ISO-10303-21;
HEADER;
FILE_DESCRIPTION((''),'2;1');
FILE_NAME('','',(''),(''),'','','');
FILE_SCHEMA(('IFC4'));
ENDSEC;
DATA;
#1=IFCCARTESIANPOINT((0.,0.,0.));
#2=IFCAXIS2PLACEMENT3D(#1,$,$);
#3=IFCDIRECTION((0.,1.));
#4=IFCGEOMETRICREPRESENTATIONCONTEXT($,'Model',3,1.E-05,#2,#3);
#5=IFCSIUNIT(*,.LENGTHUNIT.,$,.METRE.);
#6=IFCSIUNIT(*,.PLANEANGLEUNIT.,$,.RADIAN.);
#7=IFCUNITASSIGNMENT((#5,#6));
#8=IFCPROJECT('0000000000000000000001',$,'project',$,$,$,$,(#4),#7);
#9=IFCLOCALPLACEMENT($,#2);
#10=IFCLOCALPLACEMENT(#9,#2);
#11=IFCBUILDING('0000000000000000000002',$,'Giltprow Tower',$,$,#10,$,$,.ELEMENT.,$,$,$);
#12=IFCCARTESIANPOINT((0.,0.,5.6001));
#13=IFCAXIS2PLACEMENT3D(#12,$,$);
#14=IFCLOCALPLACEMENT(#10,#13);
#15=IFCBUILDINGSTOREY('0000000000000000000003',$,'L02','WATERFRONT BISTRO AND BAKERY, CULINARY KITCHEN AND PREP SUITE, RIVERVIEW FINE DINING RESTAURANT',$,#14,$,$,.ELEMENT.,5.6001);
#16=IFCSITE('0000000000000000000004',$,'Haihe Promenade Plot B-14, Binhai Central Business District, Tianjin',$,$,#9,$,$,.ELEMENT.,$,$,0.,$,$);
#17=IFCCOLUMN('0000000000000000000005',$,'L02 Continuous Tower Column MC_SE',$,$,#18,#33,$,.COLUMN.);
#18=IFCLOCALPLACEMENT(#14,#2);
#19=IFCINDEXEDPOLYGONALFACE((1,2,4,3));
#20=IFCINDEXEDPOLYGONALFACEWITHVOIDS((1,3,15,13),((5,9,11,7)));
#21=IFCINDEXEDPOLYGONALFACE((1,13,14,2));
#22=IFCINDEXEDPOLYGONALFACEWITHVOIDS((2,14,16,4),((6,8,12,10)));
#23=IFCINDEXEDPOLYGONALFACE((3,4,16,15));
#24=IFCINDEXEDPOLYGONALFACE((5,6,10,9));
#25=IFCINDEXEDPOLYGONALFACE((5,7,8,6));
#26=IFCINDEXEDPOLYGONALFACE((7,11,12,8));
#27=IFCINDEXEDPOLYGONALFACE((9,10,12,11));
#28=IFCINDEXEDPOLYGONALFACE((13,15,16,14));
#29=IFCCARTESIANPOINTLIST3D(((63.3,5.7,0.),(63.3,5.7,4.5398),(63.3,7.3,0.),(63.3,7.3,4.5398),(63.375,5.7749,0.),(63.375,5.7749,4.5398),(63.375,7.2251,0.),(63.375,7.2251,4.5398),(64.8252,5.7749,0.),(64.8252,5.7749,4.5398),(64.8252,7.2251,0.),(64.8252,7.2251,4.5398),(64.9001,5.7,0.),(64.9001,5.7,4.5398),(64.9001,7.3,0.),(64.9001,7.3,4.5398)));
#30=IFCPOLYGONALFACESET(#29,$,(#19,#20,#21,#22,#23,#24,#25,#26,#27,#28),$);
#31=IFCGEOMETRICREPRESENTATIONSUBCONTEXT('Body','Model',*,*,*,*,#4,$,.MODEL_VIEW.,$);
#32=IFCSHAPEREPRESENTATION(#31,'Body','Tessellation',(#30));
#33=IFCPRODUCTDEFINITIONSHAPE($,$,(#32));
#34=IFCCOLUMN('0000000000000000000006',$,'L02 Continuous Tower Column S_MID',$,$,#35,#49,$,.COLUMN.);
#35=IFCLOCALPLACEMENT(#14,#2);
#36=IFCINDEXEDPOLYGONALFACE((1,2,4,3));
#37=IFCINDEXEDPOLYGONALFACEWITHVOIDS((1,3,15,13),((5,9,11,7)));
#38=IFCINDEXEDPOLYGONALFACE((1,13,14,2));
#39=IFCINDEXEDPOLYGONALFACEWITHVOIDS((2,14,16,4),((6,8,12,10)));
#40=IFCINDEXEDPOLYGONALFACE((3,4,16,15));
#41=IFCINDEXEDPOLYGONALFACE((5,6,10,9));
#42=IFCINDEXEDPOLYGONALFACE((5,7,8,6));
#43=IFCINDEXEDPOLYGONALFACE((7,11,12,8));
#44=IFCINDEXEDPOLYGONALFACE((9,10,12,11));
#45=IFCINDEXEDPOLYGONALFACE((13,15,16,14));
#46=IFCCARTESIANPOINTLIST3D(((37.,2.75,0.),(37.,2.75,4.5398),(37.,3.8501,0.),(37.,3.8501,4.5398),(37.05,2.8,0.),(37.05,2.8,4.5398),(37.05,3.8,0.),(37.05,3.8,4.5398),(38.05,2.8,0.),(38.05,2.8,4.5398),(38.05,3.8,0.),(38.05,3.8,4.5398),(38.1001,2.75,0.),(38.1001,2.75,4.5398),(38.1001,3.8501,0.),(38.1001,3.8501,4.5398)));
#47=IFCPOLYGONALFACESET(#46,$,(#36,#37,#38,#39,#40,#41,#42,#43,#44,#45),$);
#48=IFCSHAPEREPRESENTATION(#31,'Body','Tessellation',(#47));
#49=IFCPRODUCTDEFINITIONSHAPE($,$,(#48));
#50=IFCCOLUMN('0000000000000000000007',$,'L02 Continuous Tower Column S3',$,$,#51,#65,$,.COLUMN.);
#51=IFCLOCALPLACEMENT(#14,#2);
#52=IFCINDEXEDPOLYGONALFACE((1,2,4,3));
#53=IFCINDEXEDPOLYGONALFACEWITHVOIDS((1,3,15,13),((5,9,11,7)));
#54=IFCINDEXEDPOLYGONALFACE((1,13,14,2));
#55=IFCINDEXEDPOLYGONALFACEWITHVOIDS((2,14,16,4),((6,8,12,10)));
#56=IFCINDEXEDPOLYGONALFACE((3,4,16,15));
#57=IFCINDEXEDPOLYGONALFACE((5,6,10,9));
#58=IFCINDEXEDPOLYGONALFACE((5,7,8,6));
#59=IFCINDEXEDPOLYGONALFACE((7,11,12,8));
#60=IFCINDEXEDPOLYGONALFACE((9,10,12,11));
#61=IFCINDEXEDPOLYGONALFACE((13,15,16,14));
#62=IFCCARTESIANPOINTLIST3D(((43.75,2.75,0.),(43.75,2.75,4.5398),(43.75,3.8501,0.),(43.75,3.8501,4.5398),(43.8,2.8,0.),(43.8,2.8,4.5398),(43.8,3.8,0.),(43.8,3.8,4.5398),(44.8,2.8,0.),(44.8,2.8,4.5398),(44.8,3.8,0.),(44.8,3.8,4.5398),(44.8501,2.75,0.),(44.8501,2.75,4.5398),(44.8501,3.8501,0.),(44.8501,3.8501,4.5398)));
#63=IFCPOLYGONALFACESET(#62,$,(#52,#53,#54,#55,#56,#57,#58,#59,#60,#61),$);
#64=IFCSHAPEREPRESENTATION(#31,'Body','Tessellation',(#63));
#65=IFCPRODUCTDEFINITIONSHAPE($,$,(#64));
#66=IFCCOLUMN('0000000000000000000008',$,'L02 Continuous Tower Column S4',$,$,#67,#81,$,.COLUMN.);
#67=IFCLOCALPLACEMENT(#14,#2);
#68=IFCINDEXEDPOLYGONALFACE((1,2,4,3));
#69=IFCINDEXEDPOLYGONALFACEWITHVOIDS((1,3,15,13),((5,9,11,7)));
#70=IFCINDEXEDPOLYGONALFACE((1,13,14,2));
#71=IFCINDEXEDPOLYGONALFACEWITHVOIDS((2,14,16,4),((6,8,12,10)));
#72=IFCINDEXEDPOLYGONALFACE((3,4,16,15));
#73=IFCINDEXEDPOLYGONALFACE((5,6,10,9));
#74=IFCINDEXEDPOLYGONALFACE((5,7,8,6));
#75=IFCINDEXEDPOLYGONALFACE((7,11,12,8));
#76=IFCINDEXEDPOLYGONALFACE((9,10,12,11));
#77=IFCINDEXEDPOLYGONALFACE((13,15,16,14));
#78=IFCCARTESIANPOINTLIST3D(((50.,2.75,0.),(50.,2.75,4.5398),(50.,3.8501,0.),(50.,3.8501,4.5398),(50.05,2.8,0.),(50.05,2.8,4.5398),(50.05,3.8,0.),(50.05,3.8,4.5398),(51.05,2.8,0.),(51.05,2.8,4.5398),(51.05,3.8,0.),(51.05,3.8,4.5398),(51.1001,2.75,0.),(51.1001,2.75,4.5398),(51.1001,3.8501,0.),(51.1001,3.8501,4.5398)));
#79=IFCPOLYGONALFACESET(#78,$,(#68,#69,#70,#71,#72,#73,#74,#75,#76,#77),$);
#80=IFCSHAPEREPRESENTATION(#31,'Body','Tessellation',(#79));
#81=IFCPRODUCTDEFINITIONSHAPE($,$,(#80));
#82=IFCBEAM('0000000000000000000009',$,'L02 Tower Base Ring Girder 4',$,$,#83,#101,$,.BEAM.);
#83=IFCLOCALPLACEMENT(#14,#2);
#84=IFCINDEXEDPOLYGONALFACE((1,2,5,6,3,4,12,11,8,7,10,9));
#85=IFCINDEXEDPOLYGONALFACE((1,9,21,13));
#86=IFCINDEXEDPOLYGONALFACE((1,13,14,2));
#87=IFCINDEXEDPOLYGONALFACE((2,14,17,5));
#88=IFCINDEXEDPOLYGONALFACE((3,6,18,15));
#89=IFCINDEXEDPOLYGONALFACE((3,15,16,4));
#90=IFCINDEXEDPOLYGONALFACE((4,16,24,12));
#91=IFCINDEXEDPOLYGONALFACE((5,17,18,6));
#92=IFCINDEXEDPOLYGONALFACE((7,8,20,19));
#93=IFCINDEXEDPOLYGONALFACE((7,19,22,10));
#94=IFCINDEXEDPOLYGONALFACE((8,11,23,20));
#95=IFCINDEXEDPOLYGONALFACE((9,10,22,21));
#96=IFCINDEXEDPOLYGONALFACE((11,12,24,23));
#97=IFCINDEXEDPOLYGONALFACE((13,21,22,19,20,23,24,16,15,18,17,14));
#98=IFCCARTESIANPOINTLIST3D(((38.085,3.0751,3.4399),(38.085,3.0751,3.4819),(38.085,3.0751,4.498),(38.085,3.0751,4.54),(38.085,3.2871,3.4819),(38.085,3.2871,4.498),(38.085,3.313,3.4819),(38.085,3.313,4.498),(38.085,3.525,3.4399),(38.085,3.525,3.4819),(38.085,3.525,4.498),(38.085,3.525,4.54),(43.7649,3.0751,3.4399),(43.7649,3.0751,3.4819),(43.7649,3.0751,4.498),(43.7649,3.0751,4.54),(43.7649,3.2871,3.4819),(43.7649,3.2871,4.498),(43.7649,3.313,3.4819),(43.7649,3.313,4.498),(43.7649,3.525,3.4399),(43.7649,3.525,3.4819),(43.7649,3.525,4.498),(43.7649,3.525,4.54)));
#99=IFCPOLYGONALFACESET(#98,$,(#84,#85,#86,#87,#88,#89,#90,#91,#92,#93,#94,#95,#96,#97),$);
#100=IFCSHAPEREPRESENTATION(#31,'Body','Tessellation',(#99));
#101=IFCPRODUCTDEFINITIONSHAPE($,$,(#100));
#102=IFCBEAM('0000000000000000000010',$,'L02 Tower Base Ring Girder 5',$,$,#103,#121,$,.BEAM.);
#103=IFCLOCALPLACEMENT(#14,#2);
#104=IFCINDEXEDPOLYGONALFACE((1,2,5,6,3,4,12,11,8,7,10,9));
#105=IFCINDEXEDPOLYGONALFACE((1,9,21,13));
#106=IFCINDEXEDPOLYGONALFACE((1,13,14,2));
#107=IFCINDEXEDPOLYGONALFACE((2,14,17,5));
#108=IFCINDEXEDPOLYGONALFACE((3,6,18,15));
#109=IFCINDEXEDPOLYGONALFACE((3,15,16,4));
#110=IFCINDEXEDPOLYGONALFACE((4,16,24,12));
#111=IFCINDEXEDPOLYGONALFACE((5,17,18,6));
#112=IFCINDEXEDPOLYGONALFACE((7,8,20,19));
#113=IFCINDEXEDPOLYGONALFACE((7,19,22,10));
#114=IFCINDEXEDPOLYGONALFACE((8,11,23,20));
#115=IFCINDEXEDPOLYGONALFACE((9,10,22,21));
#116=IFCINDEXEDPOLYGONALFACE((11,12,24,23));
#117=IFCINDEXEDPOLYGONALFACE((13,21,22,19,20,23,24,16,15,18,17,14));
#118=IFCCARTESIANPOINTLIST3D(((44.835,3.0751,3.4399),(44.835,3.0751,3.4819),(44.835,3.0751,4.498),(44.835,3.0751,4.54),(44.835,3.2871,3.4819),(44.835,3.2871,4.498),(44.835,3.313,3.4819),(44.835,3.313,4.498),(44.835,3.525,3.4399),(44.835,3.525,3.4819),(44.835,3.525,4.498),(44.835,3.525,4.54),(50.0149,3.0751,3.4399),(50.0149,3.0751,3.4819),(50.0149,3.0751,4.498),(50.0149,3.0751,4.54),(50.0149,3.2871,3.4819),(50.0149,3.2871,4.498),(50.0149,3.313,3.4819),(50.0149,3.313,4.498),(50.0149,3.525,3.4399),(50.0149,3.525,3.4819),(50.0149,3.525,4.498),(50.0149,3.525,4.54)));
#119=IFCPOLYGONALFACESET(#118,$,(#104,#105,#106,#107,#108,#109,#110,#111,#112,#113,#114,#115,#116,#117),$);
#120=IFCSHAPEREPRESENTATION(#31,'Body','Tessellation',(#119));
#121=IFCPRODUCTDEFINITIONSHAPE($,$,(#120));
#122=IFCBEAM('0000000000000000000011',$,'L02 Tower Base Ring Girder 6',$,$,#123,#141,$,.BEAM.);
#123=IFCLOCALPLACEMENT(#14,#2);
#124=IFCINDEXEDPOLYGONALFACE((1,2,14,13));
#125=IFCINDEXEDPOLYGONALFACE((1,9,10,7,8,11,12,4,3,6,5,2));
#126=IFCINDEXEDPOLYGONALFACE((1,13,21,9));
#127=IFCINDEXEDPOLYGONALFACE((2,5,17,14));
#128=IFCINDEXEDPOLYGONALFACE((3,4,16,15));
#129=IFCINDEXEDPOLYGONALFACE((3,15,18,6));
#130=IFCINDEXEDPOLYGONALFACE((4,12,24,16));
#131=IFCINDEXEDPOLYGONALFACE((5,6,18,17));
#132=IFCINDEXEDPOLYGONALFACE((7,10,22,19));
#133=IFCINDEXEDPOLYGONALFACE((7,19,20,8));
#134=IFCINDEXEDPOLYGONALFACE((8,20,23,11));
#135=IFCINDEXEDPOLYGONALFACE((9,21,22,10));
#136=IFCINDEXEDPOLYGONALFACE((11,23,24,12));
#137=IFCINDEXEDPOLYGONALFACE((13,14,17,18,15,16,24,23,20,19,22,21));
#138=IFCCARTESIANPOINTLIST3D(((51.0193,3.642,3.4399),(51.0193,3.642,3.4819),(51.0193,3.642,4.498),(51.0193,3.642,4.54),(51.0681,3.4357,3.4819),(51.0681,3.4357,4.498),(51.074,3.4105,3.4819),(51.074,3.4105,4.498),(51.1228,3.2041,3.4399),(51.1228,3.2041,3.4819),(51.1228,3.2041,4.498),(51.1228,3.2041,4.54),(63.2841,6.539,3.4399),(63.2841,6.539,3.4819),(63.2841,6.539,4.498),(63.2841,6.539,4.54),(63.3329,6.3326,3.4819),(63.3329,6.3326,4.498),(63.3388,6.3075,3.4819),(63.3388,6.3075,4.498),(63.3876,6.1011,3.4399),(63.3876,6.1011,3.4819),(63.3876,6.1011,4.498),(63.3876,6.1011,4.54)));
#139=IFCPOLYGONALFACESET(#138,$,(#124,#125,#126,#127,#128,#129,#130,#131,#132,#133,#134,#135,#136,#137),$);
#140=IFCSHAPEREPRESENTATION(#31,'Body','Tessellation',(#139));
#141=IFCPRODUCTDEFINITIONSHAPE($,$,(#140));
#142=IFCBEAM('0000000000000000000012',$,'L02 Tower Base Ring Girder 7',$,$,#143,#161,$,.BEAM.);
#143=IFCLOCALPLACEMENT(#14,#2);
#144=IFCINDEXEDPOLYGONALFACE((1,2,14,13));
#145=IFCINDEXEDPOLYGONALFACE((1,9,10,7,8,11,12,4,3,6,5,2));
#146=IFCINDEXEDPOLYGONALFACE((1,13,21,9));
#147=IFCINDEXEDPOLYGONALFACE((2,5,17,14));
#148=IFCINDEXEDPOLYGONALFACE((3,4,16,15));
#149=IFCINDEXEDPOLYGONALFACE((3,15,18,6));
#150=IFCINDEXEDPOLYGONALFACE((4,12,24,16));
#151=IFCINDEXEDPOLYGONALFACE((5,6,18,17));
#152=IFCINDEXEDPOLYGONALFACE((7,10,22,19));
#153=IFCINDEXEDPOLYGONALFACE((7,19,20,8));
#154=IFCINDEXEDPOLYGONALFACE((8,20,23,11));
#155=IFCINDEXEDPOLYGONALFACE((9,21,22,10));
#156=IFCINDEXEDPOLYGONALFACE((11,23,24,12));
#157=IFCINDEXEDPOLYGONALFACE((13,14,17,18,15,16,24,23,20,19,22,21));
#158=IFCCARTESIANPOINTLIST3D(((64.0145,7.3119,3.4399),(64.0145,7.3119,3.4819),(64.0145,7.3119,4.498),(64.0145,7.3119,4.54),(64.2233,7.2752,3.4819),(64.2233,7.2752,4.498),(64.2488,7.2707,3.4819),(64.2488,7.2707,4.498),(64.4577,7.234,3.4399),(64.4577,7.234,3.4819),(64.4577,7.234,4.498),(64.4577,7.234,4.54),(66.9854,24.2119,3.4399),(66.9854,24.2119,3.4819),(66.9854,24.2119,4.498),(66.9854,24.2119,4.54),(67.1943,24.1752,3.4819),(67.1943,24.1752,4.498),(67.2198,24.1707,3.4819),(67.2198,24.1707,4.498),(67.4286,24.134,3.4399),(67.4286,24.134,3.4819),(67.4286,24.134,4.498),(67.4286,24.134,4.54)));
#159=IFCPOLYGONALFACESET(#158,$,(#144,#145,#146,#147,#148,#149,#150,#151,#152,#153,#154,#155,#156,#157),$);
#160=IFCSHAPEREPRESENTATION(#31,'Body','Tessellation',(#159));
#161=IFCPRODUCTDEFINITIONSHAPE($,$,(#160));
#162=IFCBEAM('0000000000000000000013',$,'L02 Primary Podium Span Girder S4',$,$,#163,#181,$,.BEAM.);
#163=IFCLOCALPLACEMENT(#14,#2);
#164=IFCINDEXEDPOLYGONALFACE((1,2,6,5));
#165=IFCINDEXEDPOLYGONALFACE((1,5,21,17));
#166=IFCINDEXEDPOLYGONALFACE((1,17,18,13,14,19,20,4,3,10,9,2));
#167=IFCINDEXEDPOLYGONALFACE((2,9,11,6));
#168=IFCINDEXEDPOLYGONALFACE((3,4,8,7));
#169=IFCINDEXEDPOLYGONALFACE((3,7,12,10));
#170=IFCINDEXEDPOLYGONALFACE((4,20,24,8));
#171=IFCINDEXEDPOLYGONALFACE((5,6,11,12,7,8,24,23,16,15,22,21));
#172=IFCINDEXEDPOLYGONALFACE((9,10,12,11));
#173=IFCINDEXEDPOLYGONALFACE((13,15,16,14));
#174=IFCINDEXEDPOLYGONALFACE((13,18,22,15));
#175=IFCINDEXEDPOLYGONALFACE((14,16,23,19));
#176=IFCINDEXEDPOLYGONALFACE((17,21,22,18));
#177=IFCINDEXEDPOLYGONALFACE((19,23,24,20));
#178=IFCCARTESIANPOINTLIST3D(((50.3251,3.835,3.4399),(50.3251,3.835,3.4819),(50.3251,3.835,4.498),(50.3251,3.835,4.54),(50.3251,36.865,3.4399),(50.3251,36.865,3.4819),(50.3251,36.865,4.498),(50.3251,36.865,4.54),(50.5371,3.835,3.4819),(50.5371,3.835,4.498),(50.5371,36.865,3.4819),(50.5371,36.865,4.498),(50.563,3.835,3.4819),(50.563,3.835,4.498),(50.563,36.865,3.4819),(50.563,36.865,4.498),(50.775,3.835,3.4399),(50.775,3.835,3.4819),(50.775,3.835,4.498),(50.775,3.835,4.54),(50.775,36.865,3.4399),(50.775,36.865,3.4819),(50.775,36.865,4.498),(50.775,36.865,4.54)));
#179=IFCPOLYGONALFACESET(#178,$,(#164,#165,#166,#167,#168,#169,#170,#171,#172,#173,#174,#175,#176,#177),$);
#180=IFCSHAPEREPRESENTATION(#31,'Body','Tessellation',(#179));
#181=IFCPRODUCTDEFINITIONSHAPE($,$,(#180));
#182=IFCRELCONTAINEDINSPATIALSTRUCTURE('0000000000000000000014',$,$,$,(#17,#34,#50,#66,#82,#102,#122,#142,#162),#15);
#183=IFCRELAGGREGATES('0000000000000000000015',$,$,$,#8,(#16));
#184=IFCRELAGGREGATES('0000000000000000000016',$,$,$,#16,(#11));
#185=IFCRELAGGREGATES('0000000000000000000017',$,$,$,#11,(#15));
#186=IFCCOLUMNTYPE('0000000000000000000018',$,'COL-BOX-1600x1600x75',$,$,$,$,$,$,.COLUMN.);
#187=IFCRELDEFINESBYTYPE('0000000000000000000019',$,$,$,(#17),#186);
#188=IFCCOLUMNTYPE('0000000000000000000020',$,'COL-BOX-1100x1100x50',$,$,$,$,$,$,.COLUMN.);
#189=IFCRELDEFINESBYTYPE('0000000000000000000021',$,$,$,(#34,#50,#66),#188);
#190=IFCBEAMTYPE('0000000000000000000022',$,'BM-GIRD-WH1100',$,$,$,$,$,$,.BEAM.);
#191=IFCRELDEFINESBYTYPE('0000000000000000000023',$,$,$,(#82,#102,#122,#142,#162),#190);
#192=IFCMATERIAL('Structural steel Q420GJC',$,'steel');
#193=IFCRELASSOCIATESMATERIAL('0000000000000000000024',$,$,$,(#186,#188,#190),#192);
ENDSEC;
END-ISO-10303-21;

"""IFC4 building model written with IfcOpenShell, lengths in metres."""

from ifc_helpers import new_model, si_unit, direction, frame, origin, origin_2d, place, context, subcontext, project, spatial, hollow_rectangle, i_section, extrude, source, transform, mapped, material, material_profile, profile_set, type_object, element, save


model = new_model("IFC4")

# Units and contexts
model_context = context("Model", 3, precision=1e-05, world=origin(), true_north=direction((0.0, 1.0)))
body_context = subcontext(model_context, "Body", "Model", "MODEL_VIEW")
ifc_project = project(units=[si_unit("LENGTHUNIT", "METRE"), si_unit("PLANEANGLEUNIT", "RADIAN")], contexts=[model_context])

# Site, building, storey
site_placement = place(None, origin())
site = spatial("IfcSite", under=ifc_project, at=site_placement, Name="Haihe Promenade Plot B-14, Binhai Central Business District, Tianjin", CompositionType="ELEMENT", RefElevation=0.0)
building_placement = place(site_placement, origin())
building = spatial("IfcBuilding", under=site, at=building_placement, Name="Giltprow Tower", CompositionType="ELEMENT")
storey_placement = place(building_placement, frame((0.0, 0.0, 5.6001)))
storey = spatial("IfcBuildingStorey", under=building, at=storey_placement, Name="L02", Description="WATERFRONT BISTRO AND BAKERY, CULINARY KITCHEN AND PREP SUITE, RIVERVIEW FINE DINING RESTAURANT", CompositionType="ELEMENT", Elevation=5.6001)

# Columns
ifc_material_1 = material(Name="Structural steel Q420GJC", Category="steel")
ifc_material_profile_1 = material_profile(ifc_material_1, hollow_rectangle(XDim=1.6001, YDim=1.6001, WallThickness=0.075, at=origin_2d()), Name="BOX 1600x1600x75")
ifc_profile_set_1 = profile_set([ifc_material_profile_1], Name="Structural steel Q420GJC")
column_type_1 = type_object("IfcColumnType", Name="COL-BOX-1600x1600x75", PredefinedType="COLUMN", material=ifc_profile_set_1)
shared_shape_1 = source(origin(), body_context, "Body", "SweptSolid", [
    extrude(hollow_rectangle(XDim=1.6001, YDim=1.6001, WallThickness=0.075, at=origin_2d()), origin(), (0.0, 0.0, 1.0), 4.5398),
])
column_placement = place(storey_placement, frame((64.1001, 6.5, 0.0), z_axis=(0.0, 0.0, 1.0), x_axis=(1.0, 0.0, 0.0)))
element("IfcColumn", 1, at=column_placement, inside=storey, type_object=column_type_1, Name="L02 Continuous Tower Column MC_SE", PredefinedType="COLUMN", context=body_context, shape_type="MappedRepresentation", body=[
    mapped(shared_shape_1, transform((0.0, 0.0, 0.0), x_axis=(1.0, 0.0, 0.0), y_axis=(0.0, 1.0, 0.0), z_axis=(0.0, 0.0, 1.0), scale=1.0)),
])
ifc_material_profile_2 = material_profile(ifc_material_1, hollow_rectangle(XDim=1.1001, YDim=1.1001, WallThickness=0.05, at=origin_2d()), Name="BOX 1100x1100x50")
ifc_profile_set_2 = profile_set([ifc_material_profile_2], Name="Structural steel Q420GJC")
column_type_2 = type_object("IfcColumnType", Name="COL-BOX-1100x1100x50", PredefinedType="COLUMN", material=ifc_profile_set_2)
shared_shape_2 = source(origin(), body_context, "Body", "SweptSolid", [
    extrude(hollow_rectangle(XDim=1.1001, YDim=1.1001, WallThickness=0.05, at=origin_2d()), origin(), (0.0, 0.0, 1.0), 4.5398),
])
for number, where, z_axis, x_axis, name in (
    (2, (37.55, 3.3, 0.0), (0.0, 0.0, 1.0), (1.0, 0.0, 0.0), "L02 Continuous Tower Column S_MID"),
    (3, (44.3, 3.3, 0.0), (0.0, 0.0, 1.0), (1.0, 0.0, 0.0), "L02 Continuous Tower Column S3"),
    (4, (50.55, 3.3, 0.0), (0.0, 0.0, 1.0), (1.0, 0.0, 0.0), "L02 Continuous Tower Column S4"),
):
    element("IfcColumn", number, at=place(storey_placement, frame(where, z_axis=z_axis, x_axis=x_axis)), inside=storey, type_object=column_type_2, Name=name, PredefinedType="COLUMN", context=body_context, shape_type="MappedRepresentation", body=[
        mapped(shared_shape_2, transform((0.0, 0.0, 0.0), x_axis=(1.0, 0.0, 0.0), y_axis=(0.0, 1.0, 0.0), z_axis=(0.0, 0.0, 1.0), scale=1.0)),
    ])

# Beams
ifc_material_profile_3 = material_profile(ifc_material_1, i_section(OverallWidth=0.45, OverallDepth=1.1001, WebThickness=0.0259, FlangeThickness=0.042, at=origin_2d()), Name="WH 1100x450x26x42")
ifc_profile_set_3 = profile_set([ifc_material_profile_3], Name="Structural steel Q420GJC")
beam_type_1 = type_object("IfcBeamType", Name="BM-GIRD-WH1100", PredefinedType="BEAM", material=ifc_profile_set_3)
shared_shape_3 = source(origin(), body_context, "Body", "SweptSolid", [
    extrude(i_section(OverallWidth=0.45, OverallDepth=1.1001, WebThickness=0.0259, FlangeThickness=0.042, at=origin_2d()), origin(), (0.0, 0.0, 1.0), 5.6799),
])
beam_1_placement = place(storey_placement, frame((38.085, 3.3, 3.99), z_axis=(1.0, 0.0, 0.0), x_axis=(0.0, 1.0, 0.0)))
element("IfcBeam", 5, at=beam_1_placement, inside=storey, type_object=beam_type_1, Name="L02 Tower Base Ring Girder 4", PredefinedType="BEAM", context=body_context, shape_type="MappedRepresentation", body=[
    mapped(shared_shape_3, transform((0.0, 0.0, 0.0), x_axis=(1.0, 0.0, 0.0), y_axis=(0.0, 1.0, 0.0), z_axis=(0.0, 0.0, 1.0), scale=1.0)),
])
shared_shape_4 = source(origin(), body_context, "Body", "SweptSolid", [
    extrude(i_section(OverallWidth=0.45, OverallDepth=1.1001, WebThickness=0.0259, FlangeThickness=0.042, at=origin_2d()), origin(), (0.0, 0.0, 1.0), 5.1799),
])
beam_2_placement = place(storey_placement, frame((44.835, 3.3, 3.99), z_axis=(1.0, 0.0, 0.0), x_axis=(0.0, 1.0, 0.0)))
element("IfcBeam", 6, at=beam_2_placement, inside=storey, type_object=beam_type_1, Name="L02 Tower Base Ring Girder 5", PredefinedType="BEAM", context=body_context, shape_type="MappedRepresentation", body=[
    mapped(shared_shape_4, transform((0.0, 0.0, 0.0), x_axis=(1.0, 0.0, 0.0), y_axis=(0.0, 1.0, 0.0), z_axis=(0.0, 0.0, 1.0), scale=1.0)),
])
shared_shape_5 = source(origin(), body_context, "Body", "SweptSolid", [
    extrude(i_section(OverallWidth=0.45, OverallDepth=1.1001, WebThickness=0.0259, FlangeThickness=0.042, at=origin_2d()), origin(), (0.0, 0.0, 1.0), 12.6023),
])
beam_3_placement = place(storey_placement, frame((51.071, 3.4231, 3.99), z_axis=(0.97322, 0.229875, 0.0), x_axis=(-0.229875, 0.97322, 0.0)))
element("IfcBeam", 7, at=beam_3_placement, inside=storey, type_object=beam_type_1, Name="L02 Tower Base Ring Girder 6", PredefinedType="BEAM", context=body_context, shape_type="MappedRepresentation", body=[
    mapped(shared_shape_5, transform((0.0, 0.0, 0.0), x_axis=(1.0, 0.0, 0.0), y_axis=(0.0, 1.0, 0.0), z_axis=(0.0, 0.0, 1.0), scale=1.0)),
])
shared_shape_6 = source(origin(), body_context, "Body", "SweptSolid", [
    extrude(i_section(OverallWidth=0.45, OverallDepth=1.1001, WebThickness=0.0259, FlangeThickness=0.042, at=origin_2d()), origin(), (0.0, 0.0, 1.0), 17.1592),
])
beam_4_placement = place(storey_placement, frame((64.2361, 7.2729, 3.99), z_axis=(0.173139, 0.984897, 0.0), x_axis=(-0.984897, 0.173139, 0.0)))
element("IfcBeam", 8, at=beam_4_placement, inside=storey, type_object=beam_type_1, Name="L02 Tower Base Ring Girder 7", PredefinedType="BEAM", context=body_context, shape_type="MappedRepresentation", body=[
    mapped(shared_shape_6, transform((0.0, 0.0, 0.0), x_axis=(1.0, 0.0, 0.0), y_axis=(0.0, 1.0, 0.0), z_axis=(0.0, 0.0, 1.0), scale=1.0)),
])
shared_shape_7 = source(origin(), body_context, "Body", "SweptSolid", [
    extrude(i_section(OverallWidth=0.45, OverallDepth=1.1001, WebThickness=0.0259, FlangeThickness=0.042, at=origin_2d()), origin(), (0.0, 0.0, 1.0), 33.03),
])
beam_5_placement = place(storey_placement, frame((50.55, 3.835, 3.99), z_axis=(0.0, 1.0, 0.0), x_axis=(-1.0, 0.0, 0.0)))
element("IfcBeam", 9, at=beam_5_placement, inside=storey, type_object=beam_type_1, Name="L02 Primary Podium Span Girder S4", PredefinedType="BEAM", context=body_context, shape_type="MappedRepresentation", body=[
    mapped(shared_shape_7, transform((0.0, 0.0, 0.0), x_axis=(1.0, 0.0, 0.0), y_axis=(0.0, 1.0, 0.0), z_axis=(0.0, 0.0, 1.0), scale=1.0)),
])

save(model, "model.ifc")
